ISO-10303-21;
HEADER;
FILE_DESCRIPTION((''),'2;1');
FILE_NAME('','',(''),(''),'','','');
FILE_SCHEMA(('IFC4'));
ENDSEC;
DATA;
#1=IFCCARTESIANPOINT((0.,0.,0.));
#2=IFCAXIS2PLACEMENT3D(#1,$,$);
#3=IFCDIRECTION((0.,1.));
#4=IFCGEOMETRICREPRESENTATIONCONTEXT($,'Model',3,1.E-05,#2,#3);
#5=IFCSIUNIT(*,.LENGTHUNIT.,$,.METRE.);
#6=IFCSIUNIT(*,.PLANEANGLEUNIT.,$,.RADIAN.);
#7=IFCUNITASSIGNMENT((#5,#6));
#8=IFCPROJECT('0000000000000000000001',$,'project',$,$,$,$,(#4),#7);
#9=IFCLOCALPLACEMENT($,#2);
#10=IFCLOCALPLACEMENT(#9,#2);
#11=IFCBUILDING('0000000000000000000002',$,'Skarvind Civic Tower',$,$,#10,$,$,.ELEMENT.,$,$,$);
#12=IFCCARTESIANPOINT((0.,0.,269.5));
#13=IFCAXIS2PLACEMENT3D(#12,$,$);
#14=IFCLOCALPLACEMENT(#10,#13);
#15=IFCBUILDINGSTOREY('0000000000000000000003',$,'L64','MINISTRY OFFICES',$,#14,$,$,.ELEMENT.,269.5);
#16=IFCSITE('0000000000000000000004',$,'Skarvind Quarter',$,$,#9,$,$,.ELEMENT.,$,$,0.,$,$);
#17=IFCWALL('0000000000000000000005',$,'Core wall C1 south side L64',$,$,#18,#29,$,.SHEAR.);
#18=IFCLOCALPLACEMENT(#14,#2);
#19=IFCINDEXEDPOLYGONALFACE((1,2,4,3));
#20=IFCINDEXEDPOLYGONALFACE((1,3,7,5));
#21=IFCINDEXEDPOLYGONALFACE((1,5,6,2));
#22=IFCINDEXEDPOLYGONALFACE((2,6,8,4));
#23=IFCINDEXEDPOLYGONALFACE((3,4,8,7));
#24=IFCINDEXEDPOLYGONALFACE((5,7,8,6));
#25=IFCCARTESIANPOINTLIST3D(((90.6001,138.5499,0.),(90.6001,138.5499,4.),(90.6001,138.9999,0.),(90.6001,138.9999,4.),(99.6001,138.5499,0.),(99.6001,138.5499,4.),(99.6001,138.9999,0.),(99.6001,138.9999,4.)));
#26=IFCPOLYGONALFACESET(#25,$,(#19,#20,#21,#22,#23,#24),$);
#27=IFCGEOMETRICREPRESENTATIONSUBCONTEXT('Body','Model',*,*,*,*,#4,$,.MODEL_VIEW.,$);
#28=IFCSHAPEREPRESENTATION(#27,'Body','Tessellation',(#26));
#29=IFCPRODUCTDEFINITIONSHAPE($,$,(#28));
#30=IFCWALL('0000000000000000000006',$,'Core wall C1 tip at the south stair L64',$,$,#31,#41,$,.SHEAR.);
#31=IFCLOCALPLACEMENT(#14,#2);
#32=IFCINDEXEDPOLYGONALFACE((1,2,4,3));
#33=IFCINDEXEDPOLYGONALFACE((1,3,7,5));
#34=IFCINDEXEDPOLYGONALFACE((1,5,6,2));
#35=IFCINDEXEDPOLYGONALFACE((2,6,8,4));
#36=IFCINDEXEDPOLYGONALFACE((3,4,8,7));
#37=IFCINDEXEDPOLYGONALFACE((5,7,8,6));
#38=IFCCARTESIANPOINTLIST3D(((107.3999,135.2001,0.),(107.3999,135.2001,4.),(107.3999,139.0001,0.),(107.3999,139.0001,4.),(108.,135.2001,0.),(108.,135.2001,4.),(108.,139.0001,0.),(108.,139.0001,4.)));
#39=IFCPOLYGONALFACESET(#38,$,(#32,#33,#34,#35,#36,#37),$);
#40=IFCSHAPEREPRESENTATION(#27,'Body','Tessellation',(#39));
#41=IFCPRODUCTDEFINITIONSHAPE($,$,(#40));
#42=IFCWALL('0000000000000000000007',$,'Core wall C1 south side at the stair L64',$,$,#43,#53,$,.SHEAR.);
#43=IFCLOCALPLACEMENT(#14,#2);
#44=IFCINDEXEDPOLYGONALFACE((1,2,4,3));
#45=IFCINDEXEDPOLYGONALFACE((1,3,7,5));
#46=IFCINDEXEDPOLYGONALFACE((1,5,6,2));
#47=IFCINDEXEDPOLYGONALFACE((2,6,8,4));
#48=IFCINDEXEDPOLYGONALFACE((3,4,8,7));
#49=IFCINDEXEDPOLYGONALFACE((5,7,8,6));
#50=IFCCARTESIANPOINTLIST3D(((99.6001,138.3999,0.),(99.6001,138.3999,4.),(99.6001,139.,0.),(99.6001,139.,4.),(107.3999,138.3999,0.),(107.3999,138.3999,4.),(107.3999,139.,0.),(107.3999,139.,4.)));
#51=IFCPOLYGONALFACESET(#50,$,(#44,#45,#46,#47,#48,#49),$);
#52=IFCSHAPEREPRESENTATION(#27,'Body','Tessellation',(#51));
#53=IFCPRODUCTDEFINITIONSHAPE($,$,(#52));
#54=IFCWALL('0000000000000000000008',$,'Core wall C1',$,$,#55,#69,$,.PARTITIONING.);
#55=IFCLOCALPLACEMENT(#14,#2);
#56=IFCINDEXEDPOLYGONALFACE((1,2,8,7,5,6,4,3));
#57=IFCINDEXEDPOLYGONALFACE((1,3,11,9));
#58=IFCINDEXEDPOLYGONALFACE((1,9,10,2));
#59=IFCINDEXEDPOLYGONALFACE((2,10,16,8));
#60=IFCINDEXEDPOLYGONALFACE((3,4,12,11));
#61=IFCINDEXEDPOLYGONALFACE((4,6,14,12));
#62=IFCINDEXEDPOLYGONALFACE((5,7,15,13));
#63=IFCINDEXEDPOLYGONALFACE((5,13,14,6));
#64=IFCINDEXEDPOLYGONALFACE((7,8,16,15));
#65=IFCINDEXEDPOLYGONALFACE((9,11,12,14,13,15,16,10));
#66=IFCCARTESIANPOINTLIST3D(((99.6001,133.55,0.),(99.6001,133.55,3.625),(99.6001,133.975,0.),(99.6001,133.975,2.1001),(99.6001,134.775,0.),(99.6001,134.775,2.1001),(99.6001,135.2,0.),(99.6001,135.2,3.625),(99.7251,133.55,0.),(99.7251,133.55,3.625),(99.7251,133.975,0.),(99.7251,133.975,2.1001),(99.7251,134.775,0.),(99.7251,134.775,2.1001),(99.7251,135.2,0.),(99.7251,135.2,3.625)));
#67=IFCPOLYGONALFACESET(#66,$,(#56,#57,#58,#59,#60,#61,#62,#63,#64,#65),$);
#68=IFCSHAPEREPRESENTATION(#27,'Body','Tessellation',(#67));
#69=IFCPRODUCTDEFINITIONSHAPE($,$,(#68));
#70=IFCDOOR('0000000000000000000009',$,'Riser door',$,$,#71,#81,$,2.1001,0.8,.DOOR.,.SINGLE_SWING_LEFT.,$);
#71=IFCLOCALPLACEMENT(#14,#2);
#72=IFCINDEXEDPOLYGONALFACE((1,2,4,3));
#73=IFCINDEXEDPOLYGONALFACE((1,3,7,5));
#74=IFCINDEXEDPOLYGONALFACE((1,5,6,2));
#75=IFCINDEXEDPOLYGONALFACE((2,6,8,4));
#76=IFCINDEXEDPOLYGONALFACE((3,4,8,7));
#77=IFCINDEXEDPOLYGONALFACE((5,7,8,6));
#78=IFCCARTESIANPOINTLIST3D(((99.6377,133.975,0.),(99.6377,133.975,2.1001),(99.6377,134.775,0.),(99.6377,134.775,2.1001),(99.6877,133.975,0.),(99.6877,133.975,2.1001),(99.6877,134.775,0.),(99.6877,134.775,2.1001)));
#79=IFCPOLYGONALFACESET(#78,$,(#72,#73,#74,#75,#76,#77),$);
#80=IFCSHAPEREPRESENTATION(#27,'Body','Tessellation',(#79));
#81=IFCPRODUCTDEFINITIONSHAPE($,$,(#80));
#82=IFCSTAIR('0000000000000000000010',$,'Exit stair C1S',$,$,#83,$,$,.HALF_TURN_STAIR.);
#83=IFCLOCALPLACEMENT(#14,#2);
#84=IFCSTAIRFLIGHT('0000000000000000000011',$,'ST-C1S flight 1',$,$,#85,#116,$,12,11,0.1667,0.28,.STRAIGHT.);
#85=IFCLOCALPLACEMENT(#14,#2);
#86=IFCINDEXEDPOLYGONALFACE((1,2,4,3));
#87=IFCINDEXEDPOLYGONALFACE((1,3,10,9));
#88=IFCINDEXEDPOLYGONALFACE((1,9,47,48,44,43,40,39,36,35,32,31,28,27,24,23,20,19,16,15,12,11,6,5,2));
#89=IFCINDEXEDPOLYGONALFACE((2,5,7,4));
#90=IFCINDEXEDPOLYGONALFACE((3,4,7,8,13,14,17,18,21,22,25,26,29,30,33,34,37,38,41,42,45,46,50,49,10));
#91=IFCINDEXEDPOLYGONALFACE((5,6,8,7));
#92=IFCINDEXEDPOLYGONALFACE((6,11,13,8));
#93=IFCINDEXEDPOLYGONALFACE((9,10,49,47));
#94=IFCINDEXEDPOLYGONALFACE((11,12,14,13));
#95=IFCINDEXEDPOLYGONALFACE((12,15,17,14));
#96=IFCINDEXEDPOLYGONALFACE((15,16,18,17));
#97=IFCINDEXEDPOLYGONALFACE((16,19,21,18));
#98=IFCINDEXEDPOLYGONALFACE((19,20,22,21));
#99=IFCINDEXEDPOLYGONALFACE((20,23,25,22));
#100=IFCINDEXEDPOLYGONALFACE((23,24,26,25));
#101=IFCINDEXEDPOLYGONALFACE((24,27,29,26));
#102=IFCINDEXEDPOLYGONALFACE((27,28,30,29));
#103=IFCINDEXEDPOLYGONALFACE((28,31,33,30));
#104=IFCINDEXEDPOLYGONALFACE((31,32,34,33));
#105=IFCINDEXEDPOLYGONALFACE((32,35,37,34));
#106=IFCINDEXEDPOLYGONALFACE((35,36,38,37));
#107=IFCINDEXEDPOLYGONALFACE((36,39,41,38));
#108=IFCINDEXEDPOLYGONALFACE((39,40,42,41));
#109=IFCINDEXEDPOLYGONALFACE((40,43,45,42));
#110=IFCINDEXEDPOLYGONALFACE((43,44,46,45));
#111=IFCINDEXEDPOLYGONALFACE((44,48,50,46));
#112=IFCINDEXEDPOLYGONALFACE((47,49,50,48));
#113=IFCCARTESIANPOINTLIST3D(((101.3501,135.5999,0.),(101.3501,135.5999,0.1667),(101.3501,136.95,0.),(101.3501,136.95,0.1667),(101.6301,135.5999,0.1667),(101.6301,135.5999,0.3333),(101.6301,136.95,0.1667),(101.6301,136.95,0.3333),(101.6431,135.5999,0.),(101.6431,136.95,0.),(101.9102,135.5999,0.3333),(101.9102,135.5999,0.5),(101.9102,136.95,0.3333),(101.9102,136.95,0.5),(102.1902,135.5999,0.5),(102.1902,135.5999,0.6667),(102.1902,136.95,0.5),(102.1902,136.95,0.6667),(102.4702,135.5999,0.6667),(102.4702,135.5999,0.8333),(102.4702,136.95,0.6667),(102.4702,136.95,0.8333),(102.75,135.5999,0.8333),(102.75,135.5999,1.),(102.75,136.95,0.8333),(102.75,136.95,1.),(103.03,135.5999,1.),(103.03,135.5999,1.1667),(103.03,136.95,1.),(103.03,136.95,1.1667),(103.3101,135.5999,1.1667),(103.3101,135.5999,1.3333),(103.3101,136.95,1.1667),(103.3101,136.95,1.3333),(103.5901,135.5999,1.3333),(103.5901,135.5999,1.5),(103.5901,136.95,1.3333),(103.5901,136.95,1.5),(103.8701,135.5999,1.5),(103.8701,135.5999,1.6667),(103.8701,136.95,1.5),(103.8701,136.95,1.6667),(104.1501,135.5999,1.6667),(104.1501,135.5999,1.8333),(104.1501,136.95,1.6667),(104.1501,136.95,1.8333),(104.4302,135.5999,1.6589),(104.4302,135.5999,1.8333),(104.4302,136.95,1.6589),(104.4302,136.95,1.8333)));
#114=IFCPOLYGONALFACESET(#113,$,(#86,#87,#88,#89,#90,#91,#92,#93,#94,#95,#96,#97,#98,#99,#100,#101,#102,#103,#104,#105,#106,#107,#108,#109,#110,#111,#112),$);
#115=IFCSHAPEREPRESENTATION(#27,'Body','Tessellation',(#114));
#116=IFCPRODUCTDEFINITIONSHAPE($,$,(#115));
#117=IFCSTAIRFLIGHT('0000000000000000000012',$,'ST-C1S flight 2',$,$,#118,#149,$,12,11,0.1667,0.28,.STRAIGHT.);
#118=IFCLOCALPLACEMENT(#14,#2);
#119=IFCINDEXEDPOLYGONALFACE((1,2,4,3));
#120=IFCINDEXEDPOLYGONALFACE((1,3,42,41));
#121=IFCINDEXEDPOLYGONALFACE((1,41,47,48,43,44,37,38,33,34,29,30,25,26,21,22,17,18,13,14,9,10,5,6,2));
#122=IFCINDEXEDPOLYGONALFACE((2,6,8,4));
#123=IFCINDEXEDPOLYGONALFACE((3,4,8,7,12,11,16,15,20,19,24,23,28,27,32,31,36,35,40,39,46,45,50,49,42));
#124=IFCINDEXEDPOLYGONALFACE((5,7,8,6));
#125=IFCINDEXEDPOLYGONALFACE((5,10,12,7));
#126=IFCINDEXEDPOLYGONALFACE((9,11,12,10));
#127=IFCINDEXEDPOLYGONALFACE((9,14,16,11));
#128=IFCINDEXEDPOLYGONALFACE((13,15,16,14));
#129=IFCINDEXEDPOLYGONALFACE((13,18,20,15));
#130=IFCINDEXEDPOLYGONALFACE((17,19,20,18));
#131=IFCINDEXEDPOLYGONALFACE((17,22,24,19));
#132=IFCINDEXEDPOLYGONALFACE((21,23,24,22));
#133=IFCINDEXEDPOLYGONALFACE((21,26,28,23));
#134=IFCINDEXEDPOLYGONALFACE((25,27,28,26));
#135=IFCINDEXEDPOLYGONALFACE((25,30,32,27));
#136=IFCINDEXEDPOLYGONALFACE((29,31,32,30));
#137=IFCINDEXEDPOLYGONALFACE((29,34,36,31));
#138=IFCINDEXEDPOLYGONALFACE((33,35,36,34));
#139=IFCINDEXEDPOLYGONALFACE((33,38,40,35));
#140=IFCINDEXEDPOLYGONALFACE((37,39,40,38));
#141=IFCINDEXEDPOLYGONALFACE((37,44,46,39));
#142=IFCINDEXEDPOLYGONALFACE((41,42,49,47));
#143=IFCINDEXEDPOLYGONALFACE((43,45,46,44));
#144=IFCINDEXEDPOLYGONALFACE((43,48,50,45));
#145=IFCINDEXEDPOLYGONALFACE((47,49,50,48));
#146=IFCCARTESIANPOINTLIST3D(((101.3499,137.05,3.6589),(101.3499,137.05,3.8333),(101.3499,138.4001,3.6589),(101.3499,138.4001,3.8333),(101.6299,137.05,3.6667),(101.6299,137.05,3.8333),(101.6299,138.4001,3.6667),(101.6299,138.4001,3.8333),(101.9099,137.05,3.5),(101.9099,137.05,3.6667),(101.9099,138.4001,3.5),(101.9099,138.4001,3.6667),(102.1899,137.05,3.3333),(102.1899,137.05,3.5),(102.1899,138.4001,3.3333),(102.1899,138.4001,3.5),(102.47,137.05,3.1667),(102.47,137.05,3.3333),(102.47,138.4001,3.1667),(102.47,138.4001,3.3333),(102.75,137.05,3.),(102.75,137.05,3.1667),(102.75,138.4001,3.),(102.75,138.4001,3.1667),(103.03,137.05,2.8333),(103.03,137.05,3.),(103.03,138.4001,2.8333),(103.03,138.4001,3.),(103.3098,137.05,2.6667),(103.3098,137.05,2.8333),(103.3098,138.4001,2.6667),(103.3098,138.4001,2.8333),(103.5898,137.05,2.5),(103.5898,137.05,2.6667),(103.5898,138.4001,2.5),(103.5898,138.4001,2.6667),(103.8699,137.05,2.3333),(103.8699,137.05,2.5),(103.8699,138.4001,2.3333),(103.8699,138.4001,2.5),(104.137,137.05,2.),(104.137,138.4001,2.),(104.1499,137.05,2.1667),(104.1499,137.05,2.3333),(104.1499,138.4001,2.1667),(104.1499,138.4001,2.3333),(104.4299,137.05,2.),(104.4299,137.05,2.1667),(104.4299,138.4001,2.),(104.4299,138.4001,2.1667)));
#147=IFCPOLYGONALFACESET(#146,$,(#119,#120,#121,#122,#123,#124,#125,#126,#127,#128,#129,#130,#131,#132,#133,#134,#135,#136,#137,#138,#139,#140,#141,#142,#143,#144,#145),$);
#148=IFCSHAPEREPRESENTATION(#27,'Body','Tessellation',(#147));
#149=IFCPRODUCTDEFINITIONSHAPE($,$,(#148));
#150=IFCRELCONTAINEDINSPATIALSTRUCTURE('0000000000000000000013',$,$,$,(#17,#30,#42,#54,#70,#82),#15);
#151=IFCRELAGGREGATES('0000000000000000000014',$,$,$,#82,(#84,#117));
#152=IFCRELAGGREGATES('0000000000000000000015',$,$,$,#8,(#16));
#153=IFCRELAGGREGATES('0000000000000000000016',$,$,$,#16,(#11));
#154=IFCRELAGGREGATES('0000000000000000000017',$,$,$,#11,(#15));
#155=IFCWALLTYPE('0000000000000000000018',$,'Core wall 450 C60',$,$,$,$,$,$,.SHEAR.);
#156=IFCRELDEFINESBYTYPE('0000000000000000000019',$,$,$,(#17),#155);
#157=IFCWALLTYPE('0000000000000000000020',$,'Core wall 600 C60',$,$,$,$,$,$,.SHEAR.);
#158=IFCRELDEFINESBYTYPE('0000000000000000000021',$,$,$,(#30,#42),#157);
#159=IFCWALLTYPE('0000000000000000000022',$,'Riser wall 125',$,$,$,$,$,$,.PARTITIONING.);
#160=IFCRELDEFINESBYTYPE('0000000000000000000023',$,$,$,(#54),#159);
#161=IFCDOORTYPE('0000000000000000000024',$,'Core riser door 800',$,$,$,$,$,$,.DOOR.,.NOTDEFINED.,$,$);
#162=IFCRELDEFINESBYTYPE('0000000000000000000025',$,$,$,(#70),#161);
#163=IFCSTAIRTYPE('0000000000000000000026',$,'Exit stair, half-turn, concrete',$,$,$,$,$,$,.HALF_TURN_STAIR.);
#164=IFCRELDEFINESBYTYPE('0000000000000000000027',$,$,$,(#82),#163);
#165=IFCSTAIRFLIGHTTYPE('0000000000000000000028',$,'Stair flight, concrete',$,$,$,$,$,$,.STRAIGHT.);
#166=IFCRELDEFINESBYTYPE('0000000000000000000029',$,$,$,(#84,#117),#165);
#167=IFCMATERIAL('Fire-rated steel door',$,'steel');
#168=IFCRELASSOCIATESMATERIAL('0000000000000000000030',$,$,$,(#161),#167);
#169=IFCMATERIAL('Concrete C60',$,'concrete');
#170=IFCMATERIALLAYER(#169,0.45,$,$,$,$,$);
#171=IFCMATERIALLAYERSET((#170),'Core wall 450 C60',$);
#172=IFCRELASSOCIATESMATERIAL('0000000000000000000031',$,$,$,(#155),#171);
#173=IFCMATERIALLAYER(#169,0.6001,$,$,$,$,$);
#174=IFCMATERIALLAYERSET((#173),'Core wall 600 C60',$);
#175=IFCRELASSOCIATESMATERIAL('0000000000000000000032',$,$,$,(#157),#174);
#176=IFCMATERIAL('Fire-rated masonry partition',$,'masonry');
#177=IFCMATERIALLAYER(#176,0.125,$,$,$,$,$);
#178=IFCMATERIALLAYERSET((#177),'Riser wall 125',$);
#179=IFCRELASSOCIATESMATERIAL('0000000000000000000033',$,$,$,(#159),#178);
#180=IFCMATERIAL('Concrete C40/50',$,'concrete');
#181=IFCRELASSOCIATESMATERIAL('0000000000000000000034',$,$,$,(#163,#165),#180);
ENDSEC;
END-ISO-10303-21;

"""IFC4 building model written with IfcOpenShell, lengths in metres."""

from ifc_helpers import new_model, si_unit, direction, frame, frame_2d, origin, place, context, subcontext, project, spatial, polyline, rectangle, outline, extrude, material, layer, layer_set, type_object, element, fill, aggregate, save


model = new_model("IFC4")

# Units and contexts
model_context = context("Model", 3, precision=1e-05, world=origin(), true_north=direction((0.0, 1.0)))
body_context = subcontext(model_context, "Body", "Model", "MODEL_VIEW")
ifc_project = project(units=[si_unit("LENGTHUNIT", "METRE"), si_unit("PLANEANGLEUNIT", "RADIAN")], contexts=[model_context])

# Site, building, storey
site_placement = place(None, origin())
site = spatial("IfcSite", under=ifc_project, at=site_placement, Name="Skarvind Quarter", CompositionType="ELEMENT", RefElevation=0.0)
building_placement = place(site_placement, origin())
building = spatial("IfcBuilding", under=site, at=building_placement, Name="Skarvind Civic Tower", CompositionType="ELEMENT")
storey_placement = place(building_placement, frame((0.0, 0.0, 269.5)))
storey = spatial("IfcBuildingStorey", under=building, at=storey_placement, Name="L64", Description="MINISTRY OFFICES", CompositionType="ELEMENT", Elevation=269.5)

# Shared definitions
ifc_material_1 = material(Name="Concrete C60", Category="concrete")
ifc_material_2 = material(Name="Fire-rated steel door", Category="steel")
door_type_1 = type_object("IfcDoorType", Name="Core riser door 800", OperationType="NOTDEFINED", PredefinedType="DOOR", material=ifc_material_2)

# Walls
ifc_layer_1 = layer(ifc_material_1, 0.45)
ifc_layer_set_1 = layer_set([ifc_layer_1], Name="Core wall 450 C60")
wall_type_1 = type_object("IfcWallType", Name="Core wall 450 C60", PredefinedType="SHEAR", material=ifc_layer_set_1)
wall_1_placement = place(storey_placement, frame((99.6001, 138.7749, 0.0), z_axis=(0.0, 0.0, 1.0), x_axis=(-1.0, 0.0, 0.0)))
element("IfcWall", 1, at=wall_1_placement, inside=storey, type_object=wall_type_1, Name="Core wall C1 south side L64", PredefinedType="SHEAR", context=body_context, shape_type="SweptSolid", body=[
    extrude(rectangle(XDim=9.0, YDim=0.45, at=frame_2d((4.5, 0.0))), origin(), (0.0, 0.0, 1.0), 4.0),
])
ifc_layer_2 = layer(ifc_material_1, 0.6001)
ifc_layer_set_2 = layer_set([ifc_layer_2], Name="Core wall 600 C60")
wall_type_2 = type_object("IfcWallType", Name="Core wall 600 C60", PredefinedType="SHEAR", material=ifc_layer_set_2)
wall_2_placement = place(storey_placement, frame((107.7, 139.0, 0.0), z_axis=(0.0, 0.0, 1.0), x_axis=(0.0, -1.0, 0.0)))
element("IfcWall", 2, at=wall_2_placement, inside=storey, type_object=wall_type_2, Name="Core wall C1 tip at the south stair L64", PredefinedType="SHEAR", context=body_context, shape_type="SweptSolid", body=[
    extrude(rectangle(XDim=3.8, YDim=0.6001, at=frame_2d((1.8999, 0.0))), origin(), (0.0, 0.0, 1.0), 4.0),
])
wall_3_placement = place(storey_placement, frame((107.3999, 138.7, 0.0), z_axis=(0.0, 0.0, 1.0), x_axis=(-1.0, 0.0, 0.0)))
element("IfcWall", 3, at=wall_3_placement, inside=storey, type_object=wall_type_2, Name="Core wall C1 south side at the stair L64", PredefinedType="SHEAR", context=body_context, shape_type="SweptSolid", body=[
    extrude(rectangle(XDim=7.7998, YDim=0.6001, at=frame_2d((3.8999, 0.0))), origin(), (0.0, 0.0, 1.0), 4.0),
])

# Wall, opening, door
ifc_material_3 = material(Name="Fire-rated masonry partition", Category="masonry")
ifc_layer_3 = layer(ifc_material_3, 0.125)
ifc_layer_set_3 = layer_set([ifc_layer_3], Name="Riser wall 125")
wall_type_3 = type_object("IfcWallType", Name="Riser wall 125", PredefinedType="PARTITIONING", material=ifc_layer_set_3)
wall_4_placement = place(storey_placement, frame((99.6626, 133.55, 0.0), z_axis=(0.0, 0.0, 1.0), x_axis=(0.0, 1.0, 0.0)))
wall_4 = element("IfcWall", 4, at=wall_4_placement, inside=storey, type_object=wall_type_3, Name="Core wall C1", PredefinedType="PARTITIONING", context=body_context, shape_type="SweptSolid", body=[
    extrude(rectangle(XDim=1.6499, YDim=0.125, at=frame_2d((0.825, 0.0))), origin(), (0.0, 0.0, 1.0), 3.625),
])
opening_1_placement = place(wall_4_placement, frame((0.425, 0.0, 0.0)))
opening_1 = element("IfcOpeningElement", 5, at=opening_1_placement, cuts=wall_4, PredefinedType="OPENING", context=body_context, shape_type="SweptSolid", body=[
    extrude(rectangle(XDim=0.8, YDim=2.1001, at=frame_2d((0.3999, 1.05))), frame((0.0, 0.0725, 0.0), z_axis=(0.0, -1.0, 0.0), x_axis=(1.0, 0.0, 0.0)), (0.0, 0.0, 1.0), 0.145),
])
door_1_placement = place(opening_1_placement, origin())
door_1 = element("IfcDoor", 6, at=door_1_placement, inside=storey, type_object=door_type_1, Name="Riser door", OperationType="SINGLE_SWING_LEFT", OverallHeight=2.1001, OverallWidth=0.8, PredefinedType="DOOR", context=body_context, shape_type="SweptSolid", body=[
    extrude(rectangle(XDim=0.8, YDim=2.1001, at=frame_2d((0.3999, 1.05))), frame((0.0, 0.0249, 0.0), z_axis=(0.0, -1.0, 0.0), x_axis=(1.0, 0.0, 0.0)), (0.0, 0.0, 1.0), 0.05),
])
fill(opening_1, door_1)

# Stair, stair flights
ifc_material_4 = material(Name="Concrete C40/50", Category="concrete")
stair_type = type_object("IfcStairType", Name="Exit stair, half-turn, concrete", PredefinedType="HALF_TURN_STAIR", material=ifc_material_4)
stair_placement = place(storey_placement, origin())
stair = element("IfcStair", 7, at=stair_placement, inside=storey, type_object=stair_type, Name="Exit stair C1S", PredefinedType="HALF_TURN_STAIR")
stair_flight_type = type_object("IfcStairFlightType", Name="Stair flight, concrete", PredefinedType="STRAIGHT", material=ifc_material_4)
stair_flight_1_placement = place(storey_placement, frame((101.3501, 136.2749, 0.0), z_axis=(0.0, 0.0, 1.0), x_axis=(1.0, 0.0, 0.0)))
stair_flight_1 = element("IfcStairFlight", 8, at=stair_flight_1_placement, type_object=stair_flight_type, Name="ST-C1S flight 1", NumberOfRisers=12, NumberOfTreads=11, PredefinedType="STRAIGHT", RiserHeight=0.1667, TreadLength=0.28, context=body_context, shape_type="SweptSolid", body=[
    extrude(outline(polyline([(0.0, 0.0), (0.0, 0.1667), (0.28, 0.1667), (0.28, 0.3333), (0.5601, 0.3333), (0.5601, 0.5), (0.8401, 0.5), (0.8401, 0.6667), (1.1201, 0.6667), (1.1201, 0.8333), (1.3999, 0.8333), (1.3999, 1.0), (1.6799, 1.0), (1.6799, 1.1667), (1.96, 1.1667), (1.96, 1.3333), (2.24, 1.3333), (2.24, 1.5), (2.52, 1.5), (2.52, 1.6667), (2.8, 1.6667), (2.8, 1.8333), (3.0801, 1.8333), (3.0801, 2.0), (3.0801, 1.6589), (0.293, 0.0), (0.0, 0.0)])), frame((0.0, 0.675, 0.0), z_axis=(0.0, -1.0, 0.0), x_axis=(1.0, 0.0, 0.0)), (0.0, 0.0, 1.0), 1.3501),
])
stair_flight_2_placement = place(storey_placement, frame((104.4299, 137.7251, 2.0), z_axis=(0.0, 0.0, 1.0), x_axis=(-1.0, 0.0, 0.0)))
stair_flight_2 = element("IfcStairFlight", 9, at=stair_flight_2_placement, type_object=stair_flight_type, Name="ST-C1S flight 2", NumberOfRisers=12, NumberOfTreads=11, PredefinedType="STRAIGHT", RiserHeight=0.1667, TreadLength=0.28, context=body_context, shape_type="SweptSolid", body=[
    extrude(outline(polyline([(0.0, 0.0), (0.0, 0.1667), (0.28, 0.1667), (0.28, 0.3333), (0.5601, 0.3333), (0.5601, 0.5), (0.8401, 0.5), (0.8401, 0.6667), (1.1201, 0.6667), (1.1201, 0.8333), (1.3999, 0.8333), (1.3999, 1.0), (1.6799, 1.0), (1.6799, 1.1667), (1.96, 1.1667), (1.96, 1.3333), (2.24, 1.3333), (2.24, 1.5), (2.52, 1.5), (2.52, 1.6667), (2.8, 1.6667), (2.8, 1.8333), (3.0801, 1.8333), (3.0801, 2.0), (3.0801, 1.6589), (0.293, 0.0), (0.0, 0.0)])), frame((0.0, 0.675, 0.0), z_axis=(0.0, -1.0, 0.0), x_axis=(1.0, 0.0, 0.0)), (0.0, 0.0, 1.0), 1.3501),
])
aggregate(stair, [stair_flight_1, stair_flight_2])

save(model, "model.ifc")
